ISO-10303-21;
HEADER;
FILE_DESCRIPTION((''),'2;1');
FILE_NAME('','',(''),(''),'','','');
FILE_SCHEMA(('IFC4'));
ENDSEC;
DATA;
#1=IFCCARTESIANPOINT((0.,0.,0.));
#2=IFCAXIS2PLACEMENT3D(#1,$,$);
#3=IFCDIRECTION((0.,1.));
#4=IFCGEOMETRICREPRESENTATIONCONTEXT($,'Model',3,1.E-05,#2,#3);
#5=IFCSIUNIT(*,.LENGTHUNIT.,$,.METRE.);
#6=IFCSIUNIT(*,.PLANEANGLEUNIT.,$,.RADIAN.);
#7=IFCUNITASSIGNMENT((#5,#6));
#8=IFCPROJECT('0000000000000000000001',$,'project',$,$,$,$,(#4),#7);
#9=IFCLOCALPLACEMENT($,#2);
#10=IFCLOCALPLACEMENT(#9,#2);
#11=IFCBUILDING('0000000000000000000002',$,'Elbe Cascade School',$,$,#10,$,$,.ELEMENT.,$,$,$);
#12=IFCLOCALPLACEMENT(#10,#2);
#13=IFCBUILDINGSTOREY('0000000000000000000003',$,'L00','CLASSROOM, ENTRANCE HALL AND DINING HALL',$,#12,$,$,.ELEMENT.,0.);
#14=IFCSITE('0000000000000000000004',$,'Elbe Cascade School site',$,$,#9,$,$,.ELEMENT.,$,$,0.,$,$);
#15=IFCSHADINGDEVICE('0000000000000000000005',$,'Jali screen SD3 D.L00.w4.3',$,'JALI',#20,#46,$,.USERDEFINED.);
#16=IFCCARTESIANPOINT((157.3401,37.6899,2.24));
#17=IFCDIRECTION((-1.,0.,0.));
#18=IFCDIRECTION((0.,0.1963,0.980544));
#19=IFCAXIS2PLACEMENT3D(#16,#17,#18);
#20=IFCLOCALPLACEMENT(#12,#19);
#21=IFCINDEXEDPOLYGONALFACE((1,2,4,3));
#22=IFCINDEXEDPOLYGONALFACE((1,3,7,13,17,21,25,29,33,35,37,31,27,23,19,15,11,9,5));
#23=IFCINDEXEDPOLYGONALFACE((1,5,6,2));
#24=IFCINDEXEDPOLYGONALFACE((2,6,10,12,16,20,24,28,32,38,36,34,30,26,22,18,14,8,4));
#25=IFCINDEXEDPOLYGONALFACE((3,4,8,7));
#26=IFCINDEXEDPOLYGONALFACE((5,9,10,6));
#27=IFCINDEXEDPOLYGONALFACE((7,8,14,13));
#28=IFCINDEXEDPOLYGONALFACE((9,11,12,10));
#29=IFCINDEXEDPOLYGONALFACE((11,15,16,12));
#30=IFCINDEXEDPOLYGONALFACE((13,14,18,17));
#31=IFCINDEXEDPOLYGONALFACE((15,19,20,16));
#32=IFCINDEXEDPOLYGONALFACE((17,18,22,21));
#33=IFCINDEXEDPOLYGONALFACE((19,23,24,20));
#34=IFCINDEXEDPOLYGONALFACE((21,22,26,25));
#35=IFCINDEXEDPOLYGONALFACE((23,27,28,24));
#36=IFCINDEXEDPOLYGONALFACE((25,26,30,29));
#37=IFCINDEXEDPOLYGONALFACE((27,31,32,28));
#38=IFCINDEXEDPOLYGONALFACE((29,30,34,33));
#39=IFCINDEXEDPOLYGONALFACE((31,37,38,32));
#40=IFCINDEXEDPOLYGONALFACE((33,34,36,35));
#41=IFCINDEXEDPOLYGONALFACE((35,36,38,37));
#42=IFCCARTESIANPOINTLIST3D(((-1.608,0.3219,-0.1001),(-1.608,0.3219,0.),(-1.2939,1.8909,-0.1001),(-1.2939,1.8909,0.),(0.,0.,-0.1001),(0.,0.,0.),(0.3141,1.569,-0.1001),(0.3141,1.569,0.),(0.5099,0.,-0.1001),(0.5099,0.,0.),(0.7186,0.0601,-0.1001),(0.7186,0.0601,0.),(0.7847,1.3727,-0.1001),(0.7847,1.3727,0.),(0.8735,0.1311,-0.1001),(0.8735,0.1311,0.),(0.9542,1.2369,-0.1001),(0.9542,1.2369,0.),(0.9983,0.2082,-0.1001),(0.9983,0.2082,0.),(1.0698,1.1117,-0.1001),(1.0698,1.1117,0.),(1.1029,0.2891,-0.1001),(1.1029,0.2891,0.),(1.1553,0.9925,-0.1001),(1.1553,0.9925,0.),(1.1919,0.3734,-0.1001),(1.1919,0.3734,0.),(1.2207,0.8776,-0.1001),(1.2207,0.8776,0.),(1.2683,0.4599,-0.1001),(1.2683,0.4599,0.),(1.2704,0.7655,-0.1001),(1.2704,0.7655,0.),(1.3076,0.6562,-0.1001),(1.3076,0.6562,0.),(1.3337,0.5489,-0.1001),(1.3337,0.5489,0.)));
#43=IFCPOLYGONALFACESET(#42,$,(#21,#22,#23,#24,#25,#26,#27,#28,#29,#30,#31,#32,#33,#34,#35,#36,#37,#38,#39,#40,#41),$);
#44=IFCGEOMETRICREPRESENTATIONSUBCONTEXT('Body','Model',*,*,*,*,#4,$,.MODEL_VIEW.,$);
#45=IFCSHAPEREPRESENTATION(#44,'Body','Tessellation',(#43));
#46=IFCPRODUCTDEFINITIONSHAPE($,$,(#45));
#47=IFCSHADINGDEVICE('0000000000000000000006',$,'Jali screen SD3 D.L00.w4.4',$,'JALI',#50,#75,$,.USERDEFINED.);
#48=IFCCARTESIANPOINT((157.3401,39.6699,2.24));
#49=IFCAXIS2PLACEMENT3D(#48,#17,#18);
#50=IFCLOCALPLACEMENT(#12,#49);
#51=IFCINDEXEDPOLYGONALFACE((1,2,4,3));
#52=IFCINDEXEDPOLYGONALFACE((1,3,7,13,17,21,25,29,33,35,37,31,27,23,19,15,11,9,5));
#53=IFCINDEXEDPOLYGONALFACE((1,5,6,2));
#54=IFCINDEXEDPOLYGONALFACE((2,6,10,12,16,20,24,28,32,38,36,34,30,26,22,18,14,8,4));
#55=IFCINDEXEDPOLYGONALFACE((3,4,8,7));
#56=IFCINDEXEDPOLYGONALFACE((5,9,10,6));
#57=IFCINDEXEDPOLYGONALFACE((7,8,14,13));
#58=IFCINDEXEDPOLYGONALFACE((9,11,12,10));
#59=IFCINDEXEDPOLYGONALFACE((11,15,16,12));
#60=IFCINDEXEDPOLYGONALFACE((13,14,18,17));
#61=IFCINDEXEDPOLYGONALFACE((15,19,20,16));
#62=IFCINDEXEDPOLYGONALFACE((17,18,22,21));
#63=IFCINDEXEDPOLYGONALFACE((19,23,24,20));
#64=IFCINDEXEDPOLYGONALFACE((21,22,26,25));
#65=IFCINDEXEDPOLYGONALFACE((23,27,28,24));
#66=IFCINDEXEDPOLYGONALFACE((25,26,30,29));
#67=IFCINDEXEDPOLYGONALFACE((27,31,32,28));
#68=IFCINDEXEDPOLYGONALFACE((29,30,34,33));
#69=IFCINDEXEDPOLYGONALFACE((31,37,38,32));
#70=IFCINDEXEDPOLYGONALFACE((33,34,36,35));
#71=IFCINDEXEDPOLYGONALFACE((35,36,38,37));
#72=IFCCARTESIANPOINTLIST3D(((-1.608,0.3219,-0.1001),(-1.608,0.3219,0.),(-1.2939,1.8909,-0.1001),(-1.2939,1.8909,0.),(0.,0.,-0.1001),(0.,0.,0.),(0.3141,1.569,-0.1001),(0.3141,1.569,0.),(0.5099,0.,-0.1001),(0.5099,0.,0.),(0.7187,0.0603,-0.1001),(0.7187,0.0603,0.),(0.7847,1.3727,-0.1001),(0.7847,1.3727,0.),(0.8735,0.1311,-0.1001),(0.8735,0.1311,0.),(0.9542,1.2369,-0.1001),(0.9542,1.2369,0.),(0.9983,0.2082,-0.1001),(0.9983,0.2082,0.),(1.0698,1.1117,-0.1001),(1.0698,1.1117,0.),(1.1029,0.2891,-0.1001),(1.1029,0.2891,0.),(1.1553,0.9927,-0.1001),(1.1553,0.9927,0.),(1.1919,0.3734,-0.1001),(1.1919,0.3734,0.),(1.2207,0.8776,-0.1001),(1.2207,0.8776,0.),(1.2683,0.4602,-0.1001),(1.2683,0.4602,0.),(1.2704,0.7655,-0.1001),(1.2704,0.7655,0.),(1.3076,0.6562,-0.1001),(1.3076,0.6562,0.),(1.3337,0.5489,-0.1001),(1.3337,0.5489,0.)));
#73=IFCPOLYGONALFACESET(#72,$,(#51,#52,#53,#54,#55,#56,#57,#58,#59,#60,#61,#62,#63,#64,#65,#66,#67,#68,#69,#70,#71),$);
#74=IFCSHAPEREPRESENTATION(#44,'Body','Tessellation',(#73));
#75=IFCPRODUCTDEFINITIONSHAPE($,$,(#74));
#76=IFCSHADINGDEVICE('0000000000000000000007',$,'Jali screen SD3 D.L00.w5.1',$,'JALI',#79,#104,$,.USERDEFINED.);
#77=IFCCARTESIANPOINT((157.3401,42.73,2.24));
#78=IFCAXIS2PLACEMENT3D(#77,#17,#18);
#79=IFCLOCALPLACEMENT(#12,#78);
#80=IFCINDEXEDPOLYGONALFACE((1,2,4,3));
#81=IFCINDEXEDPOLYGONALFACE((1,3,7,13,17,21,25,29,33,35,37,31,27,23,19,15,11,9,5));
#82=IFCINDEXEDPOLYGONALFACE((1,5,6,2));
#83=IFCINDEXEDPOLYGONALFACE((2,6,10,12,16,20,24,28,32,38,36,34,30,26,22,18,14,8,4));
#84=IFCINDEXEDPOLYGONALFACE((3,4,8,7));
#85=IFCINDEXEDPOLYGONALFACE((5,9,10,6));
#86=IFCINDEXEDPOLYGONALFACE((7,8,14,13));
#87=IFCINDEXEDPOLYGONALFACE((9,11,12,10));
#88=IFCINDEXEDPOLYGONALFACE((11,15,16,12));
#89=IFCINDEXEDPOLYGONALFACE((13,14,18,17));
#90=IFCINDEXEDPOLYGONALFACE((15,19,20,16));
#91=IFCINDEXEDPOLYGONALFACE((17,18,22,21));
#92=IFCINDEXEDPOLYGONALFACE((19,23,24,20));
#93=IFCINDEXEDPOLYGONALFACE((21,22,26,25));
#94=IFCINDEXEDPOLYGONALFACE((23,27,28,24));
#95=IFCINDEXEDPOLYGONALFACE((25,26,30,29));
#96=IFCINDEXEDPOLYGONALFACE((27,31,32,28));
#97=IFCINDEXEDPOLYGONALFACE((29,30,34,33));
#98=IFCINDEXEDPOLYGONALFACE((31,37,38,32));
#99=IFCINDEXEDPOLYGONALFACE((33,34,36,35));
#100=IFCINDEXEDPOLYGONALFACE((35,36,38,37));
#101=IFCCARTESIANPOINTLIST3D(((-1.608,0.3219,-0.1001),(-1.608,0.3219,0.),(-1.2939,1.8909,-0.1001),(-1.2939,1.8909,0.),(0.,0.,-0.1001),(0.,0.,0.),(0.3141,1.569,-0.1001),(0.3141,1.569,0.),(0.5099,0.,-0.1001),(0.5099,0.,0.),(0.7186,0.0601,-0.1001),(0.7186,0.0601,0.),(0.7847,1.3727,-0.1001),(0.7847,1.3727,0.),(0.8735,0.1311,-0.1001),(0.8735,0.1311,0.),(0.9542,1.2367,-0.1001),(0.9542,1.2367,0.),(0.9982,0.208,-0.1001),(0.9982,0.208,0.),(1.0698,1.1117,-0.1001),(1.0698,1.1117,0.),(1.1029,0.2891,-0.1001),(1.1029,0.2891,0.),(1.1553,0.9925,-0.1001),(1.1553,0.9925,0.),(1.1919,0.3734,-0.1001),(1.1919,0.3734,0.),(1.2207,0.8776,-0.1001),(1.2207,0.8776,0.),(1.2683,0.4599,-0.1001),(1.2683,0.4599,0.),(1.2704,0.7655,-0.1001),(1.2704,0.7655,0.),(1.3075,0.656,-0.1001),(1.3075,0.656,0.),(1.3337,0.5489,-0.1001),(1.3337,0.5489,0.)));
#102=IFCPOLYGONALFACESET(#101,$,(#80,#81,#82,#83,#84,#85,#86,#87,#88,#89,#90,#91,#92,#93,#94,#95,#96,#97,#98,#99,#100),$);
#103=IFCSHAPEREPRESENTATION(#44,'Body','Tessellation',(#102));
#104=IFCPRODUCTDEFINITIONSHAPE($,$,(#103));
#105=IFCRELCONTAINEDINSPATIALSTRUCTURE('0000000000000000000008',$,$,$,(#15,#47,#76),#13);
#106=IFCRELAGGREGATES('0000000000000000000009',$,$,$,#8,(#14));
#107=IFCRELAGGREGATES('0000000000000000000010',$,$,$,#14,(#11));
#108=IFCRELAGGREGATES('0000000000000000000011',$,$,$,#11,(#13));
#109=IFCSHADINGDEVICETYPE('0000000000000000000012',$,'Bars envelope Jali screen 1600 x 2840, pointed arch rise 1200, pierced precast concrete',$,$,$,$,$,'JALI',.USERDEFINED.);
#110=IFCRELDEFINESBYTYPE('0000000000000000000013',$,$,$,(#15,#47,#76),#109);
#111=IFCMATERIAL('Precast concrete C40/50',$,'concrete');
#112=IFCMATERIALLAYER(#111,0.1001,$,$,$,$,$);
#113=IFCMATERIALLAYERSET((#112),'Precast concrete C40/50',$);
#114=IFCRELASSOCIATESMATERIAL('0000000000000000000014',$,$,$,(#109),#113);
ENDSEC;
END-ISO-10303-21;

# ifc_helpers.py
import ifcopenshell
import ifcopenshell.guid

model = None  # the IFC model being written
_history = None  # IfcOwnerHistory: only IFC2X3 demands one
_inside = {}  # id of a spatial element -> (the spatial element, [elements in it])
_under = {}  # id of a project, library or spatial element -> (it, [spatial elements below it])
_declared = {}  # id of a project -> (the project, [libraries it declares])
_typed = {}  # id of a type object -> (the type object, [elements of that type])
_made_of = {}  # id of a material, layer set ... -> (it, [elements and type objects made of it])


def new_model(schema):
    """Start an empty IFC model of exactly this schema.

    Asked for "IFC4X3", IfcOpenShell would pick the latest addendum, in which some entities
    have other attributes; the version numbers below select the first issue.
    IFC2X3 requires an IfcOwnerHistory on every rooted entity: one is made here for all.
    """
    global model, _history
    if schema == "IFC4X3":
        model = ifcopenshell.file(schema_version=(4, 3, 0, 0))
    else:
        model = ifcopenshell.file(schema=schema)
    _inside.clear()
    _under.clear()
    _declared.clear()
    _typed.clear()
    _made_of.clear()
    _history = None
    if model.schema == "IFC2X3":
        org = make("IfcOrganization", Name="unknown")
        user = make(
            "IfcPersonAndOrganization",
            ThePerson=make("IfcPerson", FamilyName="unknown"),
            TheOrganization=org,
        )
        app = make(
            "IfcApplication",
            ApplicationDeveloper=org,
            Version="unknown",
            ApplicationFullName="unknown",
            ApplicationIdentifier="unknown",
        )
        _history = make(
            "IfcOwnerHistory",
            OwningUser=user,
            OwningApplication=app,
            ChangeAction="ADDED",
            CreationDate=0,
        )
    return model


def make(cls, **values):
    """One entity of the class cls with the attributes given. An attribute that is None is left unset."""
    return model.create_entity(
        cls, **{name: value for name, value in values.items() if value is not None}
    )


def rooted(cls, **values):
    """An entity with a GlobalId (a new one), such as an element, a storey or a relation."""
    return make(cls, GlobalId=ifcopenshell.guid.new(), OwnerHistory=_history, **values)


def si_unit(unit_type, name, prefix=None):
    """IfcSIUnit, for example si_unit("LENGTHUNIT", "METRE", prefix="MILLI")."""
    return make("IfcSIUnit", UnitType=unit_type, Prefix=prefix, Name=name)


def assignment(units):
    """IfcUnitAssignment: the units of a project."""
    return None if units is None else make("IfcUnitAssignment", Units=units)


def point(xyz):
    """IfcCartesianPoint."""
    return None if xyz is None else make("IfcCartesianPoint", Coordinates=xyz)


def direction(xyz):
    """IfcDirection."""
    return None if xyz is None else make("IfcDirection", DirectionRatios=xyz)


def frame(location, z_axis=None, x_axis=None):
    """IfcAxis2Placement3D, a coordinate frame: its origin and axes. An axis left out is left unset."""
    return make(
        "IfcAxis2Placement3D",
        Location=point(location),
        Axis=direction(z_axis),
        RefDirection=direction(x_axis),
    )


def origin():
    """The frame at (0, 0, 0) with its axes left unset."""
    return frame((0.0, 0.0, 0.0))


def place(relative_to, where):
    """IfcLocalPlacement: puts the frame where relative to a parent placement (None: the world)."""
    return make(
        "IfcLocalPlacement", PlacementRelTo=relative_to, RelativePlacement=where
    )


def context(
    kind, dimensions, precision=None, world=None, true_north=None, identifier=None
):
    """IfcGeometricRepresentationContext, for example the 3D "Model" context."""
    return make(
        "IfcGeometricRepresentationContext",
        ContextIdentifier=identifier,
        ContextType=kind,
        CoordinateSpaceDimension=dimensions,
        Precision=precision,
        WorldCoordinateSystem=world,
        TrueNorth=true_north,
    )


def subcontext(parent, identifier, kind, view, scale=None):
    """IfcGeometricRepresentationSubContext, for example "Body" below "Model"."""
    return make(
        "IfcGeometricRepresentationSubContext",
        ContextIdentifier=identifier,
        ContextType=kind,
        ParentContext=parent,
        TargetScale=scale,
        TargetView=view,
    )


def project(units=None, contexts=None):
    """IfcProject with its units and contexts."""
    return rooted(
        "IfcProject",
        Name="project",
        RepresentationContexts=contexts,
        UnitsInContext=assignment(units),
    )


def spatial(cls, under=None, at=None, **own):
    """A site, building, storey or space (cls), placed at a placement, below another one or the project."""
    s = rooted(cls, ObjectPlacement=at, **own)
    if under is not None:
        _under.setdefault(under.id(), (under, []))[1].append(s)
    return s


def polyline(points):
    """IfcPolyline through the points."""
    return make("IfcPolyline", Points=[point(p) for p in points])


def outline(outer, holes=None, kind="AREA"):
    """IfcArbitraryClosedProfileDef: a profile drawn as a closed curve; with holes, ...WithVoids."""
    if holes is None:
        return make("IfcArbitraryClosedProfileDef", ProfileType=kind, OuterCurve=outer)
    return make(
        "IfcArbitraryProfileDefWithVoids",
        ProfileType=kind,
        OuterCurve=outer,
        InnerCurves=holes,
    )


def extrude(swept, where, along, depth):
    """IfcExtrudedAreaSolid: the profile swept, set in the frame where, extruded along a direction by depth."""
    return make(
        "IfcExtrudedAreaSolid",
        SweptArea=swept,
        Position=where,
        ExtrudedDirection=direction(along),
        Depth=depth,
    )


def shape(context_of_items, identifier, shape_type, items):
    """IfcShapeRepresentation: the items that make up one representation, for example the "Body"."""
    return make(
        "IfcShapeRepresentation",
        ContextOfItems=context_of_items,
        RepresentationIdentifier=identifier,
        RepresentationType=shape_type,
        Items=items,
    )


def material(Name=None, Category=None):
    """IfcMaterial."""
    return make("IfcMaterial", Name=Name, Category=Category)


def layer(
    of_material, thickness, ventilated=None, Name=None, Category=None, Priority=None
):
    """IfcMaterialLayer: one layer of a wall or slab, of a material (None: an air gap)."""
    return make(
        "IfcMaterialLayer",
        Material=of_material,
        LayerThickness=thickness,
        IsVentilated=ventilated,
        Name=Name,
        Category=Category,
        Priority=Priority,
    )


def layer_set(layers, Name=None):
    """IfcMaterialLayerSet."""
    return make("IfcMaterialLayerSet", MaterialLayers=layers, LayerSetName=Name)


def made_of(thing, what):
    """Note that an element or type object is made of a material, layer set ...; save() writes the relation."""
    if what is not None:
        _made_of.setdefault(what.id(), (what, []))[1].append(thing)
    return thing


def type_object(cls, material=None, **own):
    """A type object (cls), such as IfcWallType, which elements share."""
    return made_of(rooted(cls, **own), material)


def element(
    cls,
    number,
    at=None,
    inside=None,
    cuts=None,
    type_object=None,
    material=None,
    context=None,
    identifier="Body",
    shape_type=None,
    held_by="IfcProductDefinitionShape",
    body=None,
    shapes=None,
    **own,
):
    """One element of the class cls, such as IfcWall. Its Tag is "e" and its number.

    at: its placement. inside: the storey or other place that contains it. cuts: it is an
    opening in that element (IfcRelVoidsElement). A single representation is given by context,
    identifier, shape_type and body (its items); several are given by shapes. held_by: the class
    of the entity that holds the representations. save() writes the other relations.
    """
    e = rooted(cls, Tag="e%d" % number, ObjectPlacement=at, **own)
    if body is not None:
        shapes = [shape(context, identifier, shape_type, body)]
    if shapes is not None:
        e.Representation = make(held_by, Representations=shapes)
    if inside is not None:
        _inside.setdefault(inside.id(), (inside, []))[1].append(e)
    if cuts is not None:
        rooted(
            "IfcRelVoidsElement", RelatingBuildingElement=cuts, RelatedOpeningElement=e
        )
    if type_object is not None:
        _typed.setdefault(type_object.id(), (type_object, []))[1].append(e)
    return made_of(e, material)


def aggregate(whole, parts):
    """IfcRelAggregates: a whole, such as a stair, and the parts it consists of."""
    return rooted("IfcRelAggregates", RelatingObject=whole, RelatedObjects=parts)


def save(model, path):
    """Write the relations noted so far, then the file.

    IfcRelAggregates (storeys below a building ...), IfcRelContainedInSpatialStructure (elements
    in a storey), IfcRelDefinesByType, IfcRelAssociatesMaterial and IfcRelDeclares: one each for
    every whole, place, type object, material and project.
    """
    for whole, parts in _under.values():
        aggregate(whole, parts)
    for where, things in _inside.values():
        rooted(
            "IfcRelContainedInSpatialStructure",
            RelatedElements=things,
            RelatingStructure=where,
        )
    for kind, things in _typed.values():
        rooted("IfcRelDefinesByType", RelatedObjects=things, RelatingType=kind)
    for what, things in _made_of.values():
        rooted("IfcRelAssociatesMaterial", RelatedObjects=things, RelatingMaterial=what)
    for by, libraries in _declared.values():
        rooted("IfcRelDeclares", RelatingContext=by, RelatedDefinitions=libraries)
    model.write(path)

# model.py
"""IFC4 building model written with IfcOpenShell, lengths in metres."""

from ifc_helpers import new_model, si_unit, direction, frame, origin, place, context, subcontext, project, spatial, polyline, outline, extrude, material, layer, layer_set, type_object, element, save


model = new_model("IFC4")

# Units and contexts
model_context = context("Model", 3, precision=1e-05, world=origin(), true_north=direction((0.0, 1.0)))
body_context = subcontext(model_context, "Body", "Model", "MODEL_VIEW")
ifc_project = project(units=[si_unit("LENGTHUNIT", "METRE"), si_unit("PLANEANGLEUNIT", "RADIAN")], contexts=[model_context])

# Site, building, storey
site_placement = place(None, origin())
site = spatial("IfcSite", under=ifc_project, at=site_placement, Name="Elbe Cascade School site", CompositionType="ELEMENT", RefElevation=0.0)
building_placement = place(site_placement, origin())
building = spatial("IfcBuilding", under=site, at=building_placement, Name="Elbe Cascade School", CompositionType="ELEMENT")
storey_placement = place(building_placement, origin())
storey = spatial("IfcBuildingStorey", under=building, at=storey_placement, Name="L00", Description="CLASSROOM, ENTRANCE HALL AND DINING HALL", CompositionType="ELEMENT", Elevation=0.0)

# Shading devices
ifc_material_1 = material(Name="Precast concrete C40/50", Category="concrete")
ifc_layer_1 = layer(ifc_material_1, 0.1001)
ifc_layer_set_1 = layer_set([ifc_layer_1], Name="Precast concrete C40/50")
shading_device_type = type_object("IfcShadingDeviceType", Name="Bars envelope Jali screen 1600 x 2840, pointed arch rise 1200, pierced precast concrete", ElementType="JALI", PredefinedType="USERDEFINED", material=ifc_layer_set_1)
shading_device_1_placement = place(storey_placement, frame((157.3401, 37.6899, 2.24), z_axis=(-1.0, 0.0, 0.0), x_axis=(0.0, 0.1963, 0.980544)))
element("IfcShadingDevice", 1, at=shading_device_1_placement, inside=storey, type_object=shading_device_type, Name="Jali screen SD3 D.L00.w4.3", ObjectType="JALI", PredefinedType="USERDEFINED", context=body_context, shape_type="SweptSolid", body=[
    extrude(outline(polyline([(0.0, 0.0), (0.5099, 0.0), (0.7186, 0.0601), (0.8735, 0.1311), (0.9983, 0.2082), (1.1029, 0.2891), (1.1919, 0.3734), (1.2683, 0.4599), (1.3337, 0.5489), (1.3076, 0.6562), (1.2704, 0.7655), (1.2207, 0.8776), (1.1553, 0.9925), (1.0698, 1.1117), (0.9542, 1.2369), (0.7847, 1.3727), (0.3141, 1.569), (-1.2939, 1.8909), (-1.608, 0.3219), (0.0, 0.0)])), origin(), (0.0, 0.0, -1.0), 0.1001),
])
shading_device_2_placement = place(storey_placement, frame((157.3401, 39.6699, 2.24), z_axis=(-1.0, 0.0, 0.0), x_axis=(0.0, 0.1963, 0.980544)))
element("IfcShadingDevice", 2, at=shading_device_2_placement, inside=storey, type_object=shading_device_type, Name="Jali screen SD3 D.L00.w4.4", ObjectType="JALI", PredefinedType="USERDEFINED", context=body_context, shape_type="SweptSolid", body=[
    extrude(outline(polyline([(0.0, 0.0), (0.5099, 0.0), (0.7187, 0.0603), (0.8735, 0.1311), (0.9983, 0.2082), (1.1029, 0.2891), (1.1919, 0.3734), (1.2683, 0.4602), (1.3337, 0.5489), (1.3076, 0.6562), (1.2704, 0.7655), (1.2207, 0.8776), (1.1553, 0.9927), (1.0698, 1.1117), (0.9542, 1.2369), (0.7847, 1.3727), (0.3141, 1.569), (-1.2939, 1.8909), (-1.608, 0.3219), (0.0, 0.0)])), origin(), (0.0, 0.0, -1.0), 0.1001),
])
shading_device_3_placement = place(storey_placement, frame((157.3401, 42.73, 2.24), z_axis=(-1.0, 0.0, 0.0), x_axis=(0.0, 0.1963, 0.980544)))
element("IfcShadingDevice", 3, at=shading_device_3_placement, inside=storey, type_object=shading_device_type, Name="Jali screen SD3 D.L00.w5.1", ObjectType="JALI", PredefinedType="USERDEFINED", context=body_context, shape_type="SweptSolid", body=[
    extrude(outline(polyline([(0.0, 0.0), (0.5099, 0.0), (0.7186, 0.0601), (0.8735, 0.1311), (0.9982, 0.208), (1.1029, 0.2891), (1.1919, 0.3734), (1.2683, 0.4599), (1.3337, 0.5489), (1.3075, 0.656), (1.2704, 0.7655), (1.2207, 0.8776), (1.1553, 0.9925), (1.0698, 1.1117), (0.9542, 1.2367), (0.7847, 1.3727), (0.3141, 1.569), (-1.2939, 1.8909), (-1.608, 0.3219), (0.0, 0.0)])), origin(), (0.0, 0.0, -1.0), 0.1001),
])

save(model, "model.ifc")
